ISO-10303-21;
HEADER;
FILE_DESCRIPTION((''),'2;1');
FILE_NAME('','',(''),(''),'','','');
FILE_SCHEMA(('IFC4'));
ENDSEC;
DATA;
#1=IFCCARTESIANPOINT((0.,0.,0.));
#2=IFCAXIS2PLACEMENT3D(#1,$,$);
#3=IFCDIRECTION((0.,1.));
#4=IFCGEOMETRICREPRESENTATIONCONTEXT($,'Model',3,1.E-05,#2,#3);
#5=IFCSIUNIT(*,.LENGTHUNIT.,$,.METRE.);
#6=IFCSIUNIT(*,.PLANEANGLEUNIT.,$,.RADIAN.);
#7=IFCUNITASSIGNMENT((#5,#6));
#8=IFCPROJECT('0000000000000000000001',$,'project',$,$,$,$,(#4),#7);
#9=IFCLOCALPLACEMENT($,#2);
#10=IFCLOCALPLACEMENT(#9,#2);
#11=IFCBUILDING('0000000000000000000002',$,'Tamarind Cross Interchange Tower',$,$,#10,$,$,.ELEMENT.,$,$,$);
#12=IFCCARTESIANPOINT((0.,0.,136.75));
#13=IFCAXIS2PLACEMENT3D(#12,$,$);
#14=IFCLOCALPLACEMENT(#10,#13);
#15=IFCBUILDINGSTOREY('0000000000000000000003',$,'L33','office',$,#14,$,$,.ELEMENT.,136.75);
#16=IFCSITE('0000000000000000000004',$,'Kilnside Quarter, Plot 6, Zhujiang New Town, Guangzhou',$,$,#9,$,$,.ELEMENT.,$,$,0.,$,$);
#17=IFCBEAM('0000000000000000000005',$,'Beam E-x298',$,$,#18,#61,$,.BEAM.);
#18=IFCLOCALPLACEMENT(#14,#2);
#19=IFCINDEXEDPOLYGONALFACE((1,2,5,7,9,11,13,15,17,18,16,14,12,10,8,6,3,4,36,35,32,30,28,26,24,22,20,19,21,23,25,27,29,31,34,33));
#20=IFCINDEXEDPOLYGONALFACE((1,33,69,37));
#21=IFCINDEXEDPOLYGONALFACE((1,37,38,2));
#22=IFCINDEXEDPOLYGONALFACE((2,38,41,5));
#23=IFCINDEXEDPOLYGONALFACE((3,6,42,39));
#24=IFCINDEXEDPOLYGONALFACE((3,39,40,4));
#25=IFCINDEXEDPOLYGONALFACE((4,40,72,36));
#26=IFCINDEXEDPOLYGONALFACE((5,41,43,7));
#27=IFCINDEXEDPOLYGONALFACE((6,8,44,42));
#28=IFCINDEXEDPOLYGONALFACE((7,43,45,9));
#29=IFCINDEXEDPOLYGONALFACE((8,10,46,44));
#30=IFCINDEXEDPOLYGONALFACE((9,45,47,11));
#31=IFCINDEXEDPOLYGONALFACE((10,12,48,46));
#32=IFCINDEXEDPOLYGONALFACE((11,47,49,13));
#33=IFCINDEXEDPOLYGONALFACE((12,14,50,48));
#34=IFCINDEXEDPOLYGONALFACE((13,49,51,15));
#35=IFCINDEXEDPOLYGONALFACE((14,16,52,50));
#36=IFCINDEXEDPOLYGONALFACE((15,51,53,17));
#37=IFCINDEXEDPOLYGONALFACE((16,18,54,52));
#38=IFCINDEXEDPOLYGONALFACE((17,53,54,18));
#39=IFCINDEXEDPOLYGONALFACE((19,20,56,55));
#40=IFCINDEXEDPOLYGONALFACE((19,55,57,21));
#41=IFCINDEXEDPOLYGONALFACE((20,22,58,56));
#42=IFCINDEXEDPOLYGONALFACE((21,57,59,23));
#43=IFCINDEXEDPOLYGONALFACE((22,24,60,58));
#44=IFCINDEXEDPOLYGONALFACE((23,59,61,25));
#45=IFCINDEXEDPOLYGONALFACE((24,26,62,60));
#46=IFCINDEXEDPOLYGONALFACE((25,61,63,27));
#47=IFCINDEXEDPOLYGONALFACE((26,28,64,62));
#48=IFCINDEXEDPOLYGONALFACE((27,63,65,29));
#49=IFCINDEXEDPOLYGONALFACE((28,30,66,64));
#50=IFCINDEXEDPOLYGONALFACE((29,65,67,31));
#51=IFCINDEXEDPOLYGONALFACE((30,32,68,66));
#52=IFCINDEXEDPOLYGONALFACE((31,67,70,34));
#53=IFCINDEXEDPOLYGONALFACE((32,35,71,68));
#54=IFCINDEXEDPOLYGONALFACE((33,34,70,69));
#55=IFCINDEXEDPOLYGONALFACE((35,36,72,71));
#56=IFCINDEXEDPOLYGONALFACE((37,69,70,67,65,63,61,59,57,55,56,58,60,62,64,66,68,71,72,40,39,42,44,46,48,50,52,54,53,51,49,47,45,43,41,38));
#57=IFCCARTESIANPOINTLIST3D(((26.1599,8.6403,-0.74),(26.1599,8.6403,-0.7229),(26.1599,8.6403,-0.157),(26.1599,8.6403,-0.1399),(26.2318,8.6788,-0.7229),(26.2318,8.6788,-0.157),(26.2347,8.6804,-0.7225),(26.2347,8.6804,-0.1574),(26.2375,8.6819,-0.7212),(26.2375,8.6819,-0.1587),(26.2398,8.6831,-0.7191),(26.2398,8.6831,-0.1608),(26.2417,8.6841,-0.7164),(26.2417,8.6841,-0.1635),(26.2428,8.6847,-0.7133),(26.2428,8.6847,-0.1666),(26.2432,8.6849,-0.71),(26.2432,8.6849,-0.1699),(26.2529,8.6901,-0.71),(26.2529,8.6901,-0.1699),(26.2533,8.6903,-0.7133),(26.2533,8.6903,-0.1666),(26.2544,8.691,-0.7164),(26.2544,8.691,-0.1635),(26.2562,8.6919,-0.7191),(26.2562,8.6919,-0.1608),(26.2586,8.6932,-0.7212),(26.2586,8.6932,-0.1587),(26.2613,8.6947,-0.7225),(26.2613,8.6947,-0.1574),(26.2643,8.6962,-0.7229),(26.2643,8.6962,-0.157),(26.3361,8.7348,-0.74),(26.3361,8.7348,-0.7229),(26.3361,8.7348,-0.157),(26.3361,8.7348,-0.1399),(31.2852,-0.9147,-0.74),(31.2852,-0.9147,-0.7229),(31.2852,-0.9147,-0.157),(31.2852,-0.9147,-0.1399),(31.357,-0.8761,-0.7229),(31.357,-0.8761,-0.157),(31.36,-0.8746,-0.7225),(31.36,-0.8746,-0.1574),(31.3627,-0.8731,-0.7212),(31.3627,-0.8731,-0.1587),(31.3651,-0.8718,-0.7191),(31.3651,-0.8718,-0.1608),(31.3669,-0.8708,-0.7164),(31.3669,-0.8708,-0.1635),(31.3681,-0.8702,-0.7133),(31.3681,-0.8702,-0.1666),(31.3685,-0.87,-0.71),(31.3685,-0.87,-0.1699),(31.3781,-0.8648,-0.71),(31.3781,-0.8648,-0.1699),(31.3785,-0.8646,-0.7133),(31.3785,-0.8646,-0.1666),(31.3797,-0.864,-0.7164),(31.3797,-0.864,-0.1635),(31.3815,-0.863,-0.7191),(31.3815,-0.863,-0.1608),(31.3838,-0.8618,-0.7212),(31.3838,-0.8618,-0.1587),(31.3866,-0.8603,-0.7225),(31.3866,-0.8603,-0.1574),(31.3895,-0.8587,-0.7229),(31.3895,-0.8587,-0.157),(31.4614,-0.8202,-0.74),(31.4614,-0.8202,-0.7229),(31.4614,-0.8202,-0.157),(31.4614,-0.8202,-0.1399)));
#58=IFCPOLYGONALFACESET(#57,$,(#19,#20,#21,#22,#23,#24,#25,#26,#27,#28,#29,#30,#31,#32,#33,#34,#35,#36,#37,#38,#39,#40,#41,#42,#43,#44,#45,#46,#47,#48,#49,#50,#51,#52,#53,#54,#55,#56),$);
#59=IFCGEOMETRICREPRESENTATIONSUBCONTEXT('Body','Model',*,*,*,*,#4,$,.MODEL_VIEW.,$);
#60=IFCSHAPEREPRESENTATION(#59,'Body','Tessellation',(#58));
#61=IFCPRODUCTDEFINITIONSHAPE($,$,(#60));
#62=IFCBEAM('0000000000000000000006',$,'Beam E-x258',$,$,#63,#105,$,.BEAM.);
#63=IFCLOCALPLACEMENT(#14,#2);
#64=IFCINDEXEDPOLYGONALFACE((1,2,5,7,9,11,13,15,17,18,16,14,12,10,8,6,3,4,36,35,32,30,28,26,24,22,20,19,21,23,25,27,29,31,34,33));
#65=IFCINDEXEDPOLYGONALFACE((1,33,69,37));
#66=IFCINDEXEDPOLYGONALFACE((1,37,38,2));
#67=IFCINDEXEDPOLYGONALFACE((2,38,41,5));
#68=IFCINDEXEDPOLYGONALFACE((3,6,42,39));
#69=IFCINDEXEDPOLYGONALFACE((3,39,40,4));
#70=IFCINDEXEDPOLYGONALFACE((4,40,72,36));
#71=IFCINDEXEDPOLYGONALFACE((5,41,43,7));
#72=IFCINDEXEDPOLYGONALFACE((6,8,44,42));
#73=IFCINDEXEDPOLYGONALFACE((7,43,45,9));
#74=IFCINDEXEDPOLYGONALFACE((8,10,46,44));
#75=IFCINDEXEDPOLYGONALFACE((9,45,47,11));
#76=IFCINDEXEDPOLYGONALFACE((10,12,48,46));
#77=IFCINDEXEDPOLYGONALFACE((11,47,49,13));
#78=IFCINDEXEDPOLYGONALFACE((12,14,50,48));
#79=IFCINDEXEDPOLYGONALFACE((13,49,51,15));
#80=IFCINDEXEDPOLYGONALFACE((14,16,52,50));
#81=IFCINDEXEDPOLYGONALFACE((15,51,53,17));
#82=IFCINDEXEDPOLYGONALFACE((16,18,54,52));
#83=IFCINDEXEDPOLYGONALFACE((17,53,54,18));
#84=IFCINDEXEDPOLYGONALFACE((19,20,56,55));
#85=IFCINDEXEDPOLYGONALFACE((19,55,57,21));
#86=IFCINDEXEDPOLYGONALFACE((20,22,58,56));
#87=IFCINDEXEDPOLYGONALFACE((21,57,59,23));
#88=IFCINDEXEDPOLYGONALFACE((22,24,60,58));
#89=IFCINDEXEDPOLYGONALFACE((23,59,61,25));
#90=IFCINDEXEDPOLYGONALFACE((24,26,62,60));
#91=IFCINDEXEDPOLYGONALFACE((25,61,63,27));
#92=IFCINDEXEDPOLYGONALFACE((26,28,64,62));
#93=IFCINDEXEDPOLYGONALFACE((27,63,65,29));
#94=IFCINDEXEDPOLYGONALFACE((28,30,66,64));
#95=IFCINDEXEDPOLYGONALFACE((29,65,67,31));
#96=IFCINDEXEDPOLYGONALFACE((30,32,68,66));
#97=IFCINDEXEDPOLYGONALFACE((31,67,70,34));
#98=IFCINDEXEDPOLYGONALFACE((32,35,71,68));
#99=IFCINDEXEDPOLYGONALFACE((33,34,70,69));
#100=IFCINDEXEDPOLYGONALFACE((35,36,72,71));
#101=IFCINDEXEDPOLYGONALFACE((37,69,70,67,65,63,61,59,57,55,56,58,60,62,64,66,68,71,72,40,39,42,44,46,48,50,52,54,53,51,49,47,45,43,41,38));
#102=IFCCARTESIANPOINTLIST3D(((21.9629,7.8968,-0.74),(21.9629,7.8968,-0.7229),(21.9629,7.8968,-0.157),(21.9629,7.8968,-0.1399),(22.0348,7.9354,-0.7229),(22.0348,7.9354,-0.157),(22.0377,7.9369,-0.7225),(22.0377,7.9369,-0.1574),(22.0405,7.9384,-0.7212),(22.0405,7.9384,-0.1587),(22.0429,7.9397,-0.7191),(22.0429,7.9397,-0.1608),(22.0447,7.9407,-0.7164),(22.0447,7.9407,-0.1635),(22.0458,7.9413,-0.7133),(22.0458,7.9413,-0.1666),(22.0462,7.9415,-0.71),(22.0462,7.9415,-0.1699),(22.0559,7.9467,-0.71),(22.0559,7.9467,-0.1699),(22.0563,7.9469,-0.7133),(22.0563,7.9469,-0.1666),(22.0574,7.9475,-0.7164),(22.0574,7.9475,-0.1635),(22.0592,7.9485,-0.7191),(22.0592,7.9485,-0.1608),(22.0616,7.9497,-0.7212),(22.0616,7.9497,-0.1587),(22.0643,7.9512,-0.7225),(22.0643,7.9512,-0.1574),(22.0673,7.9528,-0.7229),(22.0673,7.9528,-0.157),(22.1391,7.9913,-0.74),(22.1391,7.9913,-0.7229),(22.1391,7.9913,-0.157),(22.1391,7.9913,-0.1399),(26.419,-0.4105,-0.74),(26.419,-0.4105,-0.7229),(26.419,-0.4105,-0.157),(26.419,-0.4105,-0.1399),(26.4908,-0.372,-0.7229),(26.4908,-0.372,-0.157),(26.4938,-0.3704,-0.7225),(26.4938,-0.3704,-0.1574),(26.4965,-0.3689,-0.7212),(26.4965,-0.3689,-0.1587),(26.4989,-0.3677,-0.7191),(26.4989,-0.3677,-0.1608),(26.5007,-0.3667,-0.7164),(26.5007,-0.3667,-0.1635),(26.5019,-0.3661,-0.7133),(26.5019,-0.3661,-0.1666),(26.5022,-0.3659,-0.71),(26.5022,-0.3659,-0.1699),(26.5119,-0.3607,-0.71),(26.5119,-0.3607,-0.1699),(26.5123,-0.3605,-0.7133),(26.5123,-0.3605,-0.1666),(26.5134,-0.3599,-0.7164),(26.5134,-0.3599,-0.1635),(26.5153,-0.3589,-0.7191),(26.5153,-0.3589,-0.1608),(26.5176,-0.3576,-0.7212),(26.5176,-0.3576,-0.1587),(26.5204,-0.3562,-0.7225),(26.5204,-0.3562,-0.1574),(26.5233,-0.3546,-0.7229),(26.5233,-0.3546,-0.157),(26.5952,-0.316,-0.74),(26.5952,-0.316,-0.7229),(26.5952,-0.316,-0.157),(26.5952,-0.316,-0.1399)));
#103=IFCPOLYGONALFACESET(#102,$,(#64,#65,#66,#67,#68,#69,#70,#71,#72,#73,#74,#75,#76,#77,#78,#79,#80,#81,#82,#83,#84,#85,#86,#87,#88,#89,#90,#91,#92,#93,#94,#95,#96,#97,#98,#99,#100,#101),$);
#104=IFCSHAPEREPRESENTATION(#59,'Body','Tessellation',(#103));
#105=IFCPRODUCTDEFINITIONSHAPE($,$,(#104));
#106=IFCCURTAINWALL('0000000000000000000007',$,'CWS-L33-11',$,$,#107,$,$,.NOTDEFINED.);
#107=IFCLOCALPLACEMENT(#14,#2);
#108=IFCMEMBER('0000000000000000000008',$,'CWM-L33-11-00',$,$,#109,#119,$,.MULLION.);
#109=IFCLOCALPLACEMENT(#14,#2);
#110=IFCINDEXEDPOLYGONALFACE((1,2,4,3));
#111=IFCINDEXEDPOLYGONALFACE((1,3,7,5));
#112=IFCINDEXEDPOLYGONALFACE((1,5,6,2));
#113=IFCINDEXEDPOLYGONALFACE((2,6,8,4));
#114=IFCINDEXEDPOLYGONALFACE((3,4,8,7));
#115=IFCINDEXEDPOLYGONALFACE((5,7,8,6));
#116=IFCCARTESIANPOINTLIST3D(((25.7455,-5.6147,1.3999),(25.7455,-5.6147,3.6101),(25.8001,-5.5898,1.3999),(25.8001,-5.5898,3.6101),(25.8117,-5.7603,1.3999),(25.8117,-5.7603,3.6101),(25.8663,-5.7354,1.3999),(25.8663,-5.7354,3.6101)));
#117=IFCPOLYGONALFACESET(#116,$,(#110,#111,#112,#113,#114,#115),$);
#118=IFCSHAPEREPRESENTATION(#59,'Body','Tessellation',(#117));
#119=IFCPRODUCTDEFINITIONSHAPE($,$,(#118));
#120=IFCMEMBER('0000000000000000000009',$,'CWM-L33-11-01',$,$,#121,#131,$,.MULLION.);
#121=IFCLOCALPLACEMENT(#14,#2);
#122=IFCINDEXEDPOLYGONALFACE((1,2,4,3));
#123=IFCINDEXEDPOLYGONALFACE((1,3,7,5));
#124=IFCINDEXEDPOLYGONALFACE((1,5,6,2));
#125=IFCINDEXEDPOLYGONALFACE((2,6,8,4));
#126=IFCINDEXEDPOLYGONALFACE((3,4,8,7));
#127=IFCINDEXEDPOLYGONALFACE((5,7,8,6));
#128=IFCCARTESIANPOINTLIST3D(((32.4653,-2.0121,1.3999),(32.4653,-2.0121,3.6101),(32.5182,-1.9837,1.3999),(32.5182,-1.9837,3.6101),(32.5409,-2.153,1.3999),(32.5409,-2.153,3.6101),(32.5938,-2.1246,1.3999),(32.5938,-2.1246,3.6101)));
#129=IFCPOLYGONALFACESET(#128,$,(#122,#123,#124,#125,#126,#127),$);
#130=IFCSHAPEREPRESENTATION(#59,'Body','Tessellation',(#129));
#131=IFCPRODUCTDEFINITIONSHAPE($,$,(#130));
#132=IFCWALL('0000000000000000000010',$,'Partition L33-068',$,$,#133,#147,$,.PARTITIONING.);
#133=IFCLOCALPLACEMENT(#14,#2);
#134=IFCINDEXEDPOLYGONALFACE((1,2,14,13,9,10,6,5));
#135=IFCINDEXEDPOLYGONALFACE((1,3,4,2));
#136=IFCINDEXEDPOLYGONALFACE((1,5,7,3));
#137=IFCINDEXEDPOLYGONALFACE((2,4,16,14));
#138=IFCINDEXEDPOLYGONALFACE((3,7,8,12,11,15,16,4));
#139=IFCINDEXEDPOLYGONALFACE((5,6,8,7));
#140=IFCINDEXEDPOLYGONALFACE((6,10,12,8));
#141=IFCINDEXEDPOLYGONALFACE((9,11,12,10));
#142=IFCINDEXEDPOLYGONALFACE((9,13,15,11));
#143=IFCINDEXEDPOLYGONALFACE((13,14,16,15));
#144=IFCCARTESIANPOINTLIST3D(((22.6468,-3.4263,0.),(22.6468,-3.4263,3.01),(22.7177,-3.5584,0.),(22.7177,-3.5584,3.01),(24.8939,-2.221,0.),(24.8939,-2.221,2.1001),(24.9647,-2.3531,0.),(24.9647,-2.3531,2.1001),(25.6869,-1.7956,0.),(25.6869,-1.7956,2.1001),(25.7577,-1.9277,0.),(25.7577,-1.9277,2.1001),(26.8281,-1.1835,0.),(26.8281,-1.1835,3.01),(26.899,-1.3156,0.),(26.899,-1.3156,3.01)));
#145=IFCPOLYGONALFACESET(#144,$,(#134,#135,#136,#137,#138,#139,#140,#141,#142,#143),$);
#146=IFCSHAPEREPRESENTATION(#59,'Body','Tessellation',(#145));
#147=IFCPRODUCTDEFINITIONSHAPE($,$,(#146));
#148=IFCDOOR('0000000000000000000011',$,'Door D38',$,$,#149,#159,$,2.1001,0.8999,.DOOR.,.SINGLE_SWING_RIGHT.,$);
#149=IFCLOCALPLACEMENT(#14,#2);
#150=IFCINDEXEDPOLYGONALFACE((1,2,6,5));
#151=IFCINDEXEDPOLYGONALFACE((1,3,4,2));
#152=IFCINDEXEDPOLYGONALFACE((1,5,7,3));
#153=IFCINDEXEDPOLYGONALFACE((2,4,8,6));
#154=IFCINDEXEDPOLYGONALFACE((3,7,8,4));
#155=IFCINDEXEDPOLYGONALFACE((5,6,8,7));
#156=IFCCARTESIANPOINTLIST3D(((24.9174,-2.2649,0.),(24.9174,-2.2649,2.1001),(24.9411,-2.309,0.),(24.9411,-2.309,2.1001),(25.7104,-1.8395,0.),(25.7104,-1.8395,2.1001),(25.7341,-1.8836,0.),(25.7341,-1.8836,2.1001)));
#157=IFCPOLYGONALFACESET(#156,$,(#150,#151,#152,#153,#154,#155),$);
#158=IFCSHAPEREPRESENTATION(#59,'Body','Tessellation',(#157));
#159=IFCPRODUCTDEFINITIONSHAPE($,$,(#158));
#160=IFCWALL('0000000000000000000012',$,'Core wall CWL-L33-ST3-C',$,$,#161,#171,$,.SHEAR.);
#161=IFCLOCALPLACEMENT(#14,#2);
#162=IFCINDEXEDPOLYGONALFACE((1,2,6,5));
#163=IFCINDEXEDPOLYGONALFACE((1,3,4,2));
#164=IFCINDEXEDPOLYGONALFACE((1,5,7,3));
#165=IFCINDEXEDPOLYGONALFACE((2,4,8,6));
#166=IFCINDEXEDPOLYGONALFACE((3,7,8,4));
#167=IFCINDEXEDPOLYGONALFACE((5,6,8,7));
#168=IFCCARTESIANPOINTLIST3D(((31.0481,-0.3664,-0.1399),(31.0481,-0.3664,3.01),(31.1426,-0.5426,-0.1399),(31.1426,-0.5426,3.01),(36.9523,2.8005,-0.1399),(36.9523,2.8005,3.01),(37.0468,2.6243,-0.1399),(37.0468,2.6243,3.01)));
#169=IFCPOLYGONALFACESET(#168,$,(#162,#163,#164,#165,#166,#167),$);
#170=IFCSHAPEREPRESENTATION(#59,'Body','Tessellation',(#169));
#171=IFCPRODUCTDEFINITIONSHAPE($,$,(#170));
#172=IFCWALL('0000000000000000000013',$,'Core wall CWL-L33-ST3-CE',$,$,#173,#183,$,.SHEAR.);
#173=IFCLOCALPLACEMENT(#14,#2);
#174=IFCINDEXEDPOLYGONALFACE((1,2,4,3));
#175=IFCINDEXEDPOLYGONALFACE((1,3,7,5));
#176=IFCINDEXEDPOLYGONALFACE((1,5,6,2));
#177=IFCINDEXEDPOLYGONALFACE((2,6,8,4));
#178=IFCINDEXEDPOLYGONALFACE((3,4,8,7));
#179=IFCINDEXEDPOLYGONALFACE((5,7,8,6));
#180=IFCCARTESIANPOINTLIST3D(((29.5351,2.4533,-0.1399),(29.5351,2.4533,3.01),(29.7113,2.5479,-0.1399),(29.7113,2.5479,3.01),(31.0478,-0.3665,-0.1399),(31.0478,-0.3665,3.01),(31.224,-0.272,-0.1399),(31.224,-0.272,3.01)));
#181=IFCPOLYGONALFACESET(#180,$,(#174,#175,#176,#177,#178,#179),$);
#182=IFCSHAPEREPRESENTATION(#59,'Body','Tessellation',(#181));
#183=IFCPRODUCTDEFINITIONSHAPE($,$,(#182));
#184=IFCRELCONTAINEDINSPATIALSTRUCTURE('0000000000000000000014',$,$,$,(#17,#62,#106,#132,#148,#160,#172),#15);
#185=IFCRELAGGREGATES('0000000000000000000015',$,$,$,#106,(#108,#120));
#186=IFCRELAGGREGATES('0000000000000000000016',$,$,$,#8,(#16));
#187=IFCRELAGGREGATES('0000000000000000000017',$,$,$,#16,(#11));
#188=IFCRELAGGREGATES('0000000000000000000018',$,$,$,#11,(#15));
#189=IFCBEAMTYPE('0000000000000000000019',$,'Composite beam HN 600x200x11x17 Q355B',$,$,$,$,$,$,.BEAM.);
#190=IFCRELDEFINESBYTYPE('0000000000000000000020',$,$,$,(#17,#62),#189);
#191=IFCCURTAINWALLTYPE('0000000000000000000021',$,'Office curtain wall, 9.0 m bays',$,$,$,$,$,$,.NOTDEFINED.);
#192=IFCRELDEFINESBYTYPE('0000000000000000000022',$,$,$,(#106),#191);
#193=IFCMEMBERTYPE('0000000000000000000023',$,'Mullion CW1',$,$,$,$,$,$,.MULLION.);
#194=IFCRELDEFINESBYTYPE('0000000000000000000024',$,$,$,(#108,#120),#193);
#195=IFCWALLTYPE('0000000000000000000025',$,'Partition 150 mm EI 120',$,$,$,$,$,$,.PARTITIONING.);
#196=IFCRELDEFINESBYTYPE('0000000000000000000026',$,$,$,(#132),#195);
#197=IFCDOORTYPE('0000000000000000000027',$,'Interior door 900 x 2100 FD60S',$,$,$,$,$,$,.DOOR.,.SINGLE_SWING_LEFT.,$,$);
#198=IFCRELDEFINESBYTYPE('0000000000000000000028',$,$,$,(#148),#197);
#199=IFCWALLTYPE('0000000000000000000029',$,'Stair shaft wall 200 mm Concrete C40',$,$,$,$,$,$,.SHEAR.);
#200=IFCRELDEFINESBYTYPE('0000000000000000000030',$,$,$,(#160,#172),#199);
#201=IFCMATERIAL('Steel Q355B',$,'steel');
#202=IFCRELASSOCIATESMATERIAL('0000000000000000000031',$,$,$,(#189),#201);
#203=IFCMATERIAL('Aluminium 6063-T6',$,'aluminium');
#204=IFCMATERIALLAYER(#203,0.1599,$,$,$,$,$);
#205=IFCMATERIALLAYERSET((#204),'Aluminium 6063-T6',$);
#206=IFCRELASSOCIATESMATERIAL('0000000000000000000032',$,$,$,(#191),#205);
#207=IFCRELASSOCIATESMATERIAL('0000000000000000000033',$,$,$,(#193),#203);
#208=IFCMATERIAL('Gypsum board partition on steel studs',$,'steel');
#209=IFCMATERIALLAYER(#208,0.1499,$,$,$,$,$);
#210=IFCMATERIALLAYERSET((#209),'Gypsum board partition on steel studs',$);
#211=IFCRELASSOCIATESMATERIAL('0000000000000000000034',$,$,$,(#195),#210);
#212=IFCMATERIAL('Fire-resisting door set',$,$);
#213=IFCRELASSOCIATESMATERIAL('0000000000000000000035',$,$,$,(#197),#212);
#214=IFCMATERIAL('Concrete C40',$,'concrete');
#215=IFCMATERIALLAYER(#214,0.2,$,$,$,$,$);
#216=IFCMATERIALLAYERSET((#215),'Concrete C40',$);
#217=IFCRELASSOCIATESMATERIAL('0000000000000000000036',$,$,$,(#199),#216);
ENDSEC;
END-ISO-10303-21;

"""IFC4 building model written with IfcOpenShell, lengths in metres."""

from ifc_helpers import new_model, si_unit, direction, frame, frame_2d, origin, origin_2d, place, context, subcontext, project, spatial, rectangle, i_section, extrude, material, layer, layer_set, material_profile, profile_set, type_object, element, fill, aggregate, save


model = new_model("IFC4")

# Units and contexts
model_context = context("Model", 3, precision=1e-05, world=origin(), true_north=direction((0.0, 1.0)))
body_context = subcontext(model_context, "Body", "Model", "MODEL_VIEW")
ifc_project = project(units=[si_unit("LENGTHUNIT", "METRE"), si_unit("PLANEANGLEUNIT", "RADIAN")], contexts=[model_context])

# Site, building, storey
site_placement = place(None, origin())
site = spatial("IfcSite", under=ifc_project, at=site_placement, Name="Kilnside Quarter, Plot 6, Zhujiang New Town, Guangzhou", CompositionType="ELEMENT", RefElevation=0.0)
building_placement = place(site_placement, origin())
building = spatial("IfcBuilding", under=site, at=building_placement, Name="Tamarind Cross Interchange Tower", CompositionType="ELEMENT")
storey_placement = place(building_placement, frame((0.0, 0.0, 136.75)))
storey = spatial("IfcBuildingStorey", under=building, at=storey_placement, Name="L33", Description="office", CompositionType="ELEMENT", Elevation=136.75)

# Beams
ifc_material_1 = material(Name="Steel Q355B", Category="steel")
ifc_material_profile_1 = material_profile(ifc_material_1, i_section(OverallWidth=0.2, OverallDepth=0.6001, WebThickness=0.011, FlangeThickness=0.0171, FilletRadius=0.0129, at=origin_2d()), Name="HN 600x200x11x17")
ifc_profile_set_1 = profile_set([ifc_material_profile_1], Name="Steel Q355B")
beam_type_1 = type_object("IfcBeamType", Name="Composite beam HN 600x200x11x17 Q355B", PredefinedType="BEAM", material=ifc_profile_set_1)
beam_1_placement = place(storey_placement, frame((31.3733, -0.8674, -0.4399), z_axis=(-0.472689, 0.881229, 0.0), x_axis=(-0.881229, -0.472689, 0.0)))
element("IfcBeam", 1, at=beam_1_placement, inside=storey, type_object=beam_type_1, Name="Beam E-x298", PredefinedType="BEAM", context=body_context, shape_type="SweptSolid", body=[
    extrude(i_section(OverallWidth=0.2, OverallDepth=0.6001, WebThickness=0.011, FlangeThickness=0.0171, FilletRadius=0.0129, at=origin_2d()), origin(), (0.0, 0.0, 1.0), 10.8428),
])
beam_2_placement = place(storey_placement, frame((26.5071, -0.3633, -0.4399), z_axis=(-0.472689, 0.881229, 0.0), x_axis=(-0.881229, -0.472689, 0.0)))
element("IfcBeam", 2, at=beam_2_placement, inside=storey, type_object=beam_type_1, Name="Beam E-x258", PredefinedType="BEAM", context=body_context, shape_type="SweptSolid", body=[
    extrude(i_section(OverallWidth=0.2, OverallDepth=0.6001, WebThickness=0.011, FlangeThickness=0.0171, FilletRadius=0.0129, at=origin_2d()), origin(), (0.0, 0.0, 1.0), 9.427),
])

# Curtain wall, members
ifc_material_2 = material(Name="Aluminium 6063-T6", Category="aluminium")
ifc_layer_1 = layer(ifc_material_2, 0.1599)
ifc_layer_set_1 = layer_set([ifc_layer_1], Name="Aluminium 6063-T6")
curtain_wall_type = type_object("IfcCurtainWallType", Name="Office curtain wall, 9.0 m bays", PredefinedType="NOTDEFINED", material=ifc_layer_set_1)
curtain_wall_placement = place(storey_placement, origin())
curtain_wall = element("IfcCurtainWall", 3, at=curtain_wall_placement, inside=storey, type_object=curtain_wall_type, Name="CWS-L33-11", PredefinedType="NOTDEFINED")
ifc_material_profile_2 = material_profile(ifc_material_2, rectangle(XDim=0.0601, YDim=0.1599, at=origin_2d()), Name="Mullion CW1")
ifc_profile_set_2 = profile_set([ifc_material_profile_2], Name="Aluminium 6063-T6")
member_type = type_object("IfcMemberType", Name="Mullion CW1", PredefinedType="MULLION", material=ifc_profile_set_2)
member_1_placement = place(storey_placement, frame((25.8059, -5.675, 1.3999), z_axis=(0.0, 0.0, 1.0), x_axis=(0.910253, 0.414052, 0.0)))
member_1 = element("IfcMember", 4, at=member_1_placement, type_object=member_type, Name="CWM-L33-11-00", PredefinedType="MULLION", context=body_context, shape_type="SweptSolid", body=[
    extrude(rectangle(XDim=0.0601, YDim=0.1599, at=origin_2d()), origin(), (0.0, 0.0, 1.0), 2.2102),
])
member_2_placement = place(storey_placement, frame((32.5295, -2.0684, 1.3999), z_axis=(0.0, 0.0, 1.0), x_axis=(0.881224, 0.472698, 0.0)))
member_2 = element("IfcMember", 5, at=member_2_placement, type_object=member_type, Name="CWM-L33-11-01", PredefinedType="MULLION", context=body_context, shape_type="SweptSolid", body=[
    extrude(rectangle(XDim=0.0601, YDim=0.1599, at=origin_2d()), origin(), (0.0, 0.0, 1.0), 2.2102),
])
aggregate(curtain_wall, [member_1, member_2])

# Wall, opening, door
ifc_material_3 = material(Name="Gypsum board partition on steel studs", Category="steel")
ifc_layer_2 = layer(ifc_material_3, 0.1499)
ifc_layer_set_2 = layer_set([ifc_layer_2], Name="Gypsum board partition on steel studs")
wall_type_1 = type_object("IfcWallType", Name="Partition 150 mm EI 120", PredefinedType="PARTITIONING", material=ifc_layer_set_2)
wall_1_placement = place(storey_placement, frame((22.6821, -3.4924, 0.0), z_axis=(0.0, 0.0, 1.0), x_axis=(0.881227, 0.472694, 0.0)))
wall_1 = element("IfcWall", 6, at=wall_1_placement, inside=storey, type_object=wall_type_1, Name="Partition L33-068", PredefinedType="PARTITIONING", context=body_context, shape_type="SweptSolid", body=[
    extrude(rectangle(XDim=4.7449, YDim=0.1499, at=frame_2d((2.3726, 0.0))), origin(), (0.0, 0.0, 1.0), 3.01),
])
opening_placement = place(wall_1_placement, frame((2.55, 0.0, 0.0)))
opening = element("IfcOpeningElement", 7, at=opening_placement, cuts=wall_1, PredefinedType="OPENING", context=body_context, shape_type="SweptSolid", body=[
    extrude(rectangle(XDim=0.8999, YDim=2.1001, at=frame_2d((0.45, 1.05))), frame((0.0, 0.085, 0.0), z_axis=(0.0, -1.0, 0.0), x_axis=(1.0, 0.0, 0.0)), (0.0, 0.0, 1.0), 0.1699),
])
ifc_material_4 = material(Name="Fire-resisting door set")
door_type = type_object("IfcDoorType", Name="Interior door 900 x 2100 FD60S", OperationType="SINGLE_SWING_LEFT", PredefinedType="DOOR", material=ifc_material_4)
door_placement = place(opening_placement, frame((0.8999, 0.0, 0.0), z_axis=(0.0, 0.0, 1.0), x_axis=(-1.0, 0.0, 0.0)))
door = element("IfcDoor", 8, at=door_placement, inside=storey, type_object=door_type, Name="Door D38", OperationType="SINGLE_SWING_RIGHT", OverallHeight=2.1001, OverallWidth=0.8999, PredefinedType="DOOR", context=body_context, shape_type="SweptSolid", body=[
    extrude(rectangle(XDim=0.8999, YDim=2.1001, at=frame_2d((0.45, 1.05))), frame((0.0, 0.0249, 0.0), z_axis=(0.0, -1.0, 0.0), x_axis=(1.0, 0.0, 0.0)), (0.0, 0.0, 1.0), 0.05),
])
fill(opening, door)

# Walls
ifc_material_5 = material(Name="Concrete C40", Category="concrete")
ifc_layer_3 = layer(ifc_material_5, 0.2)
ifc_layer_set_3 = layer_set([ifc_layer_3], Name="Concrete C40")
wall_type_2 = type_object("IfcWallType", Name="Stair shaft wall 200 mm Concrete C40", PredefinedType="SHEAR", material=ifc_layer_set_3)
wall_2_placement = place(storey_placement, frame((31.0952, -0.4546, -0.1399), z_axis=(0.0, 0.0, 1.0), x_axis=(0.881233, 0.472682, 0.0)))
element("IfcWall", 9, at=wall_2_placement, inside=storey, type_object=wall_type_2, Name="Core wall CWL-L33-ST3-C", PredefinedType="SHEAR", context=body_context, shape_type="SweptSolid", body=[
    extrude(rectangle(XDim=6.7, YDim=0.2, at=frame_2d((3.3501, 0.0))), origin(), (0.0, 0.0, 1.0), 3.1499),
])
wall_3_placement = place(storey_placement, frame((31.136, -0.3193, -0.1399), z_axis=(0.0, 0.0, 1.0), x_axis=(-0.472725, 0.88121, 0.0)))
element("IfcWall", 10, at=wall_3_placement, inside=storey, type_object=wall_type_2, Name="Core wall CWL-L33-ST3-CE", PredefinedType="SHEAR", context=body_context, shape_type="SweptSolid", body=[
    extrude(rectangle(XDim=3.2, YDim=0.2, at=frame_2d((1.6001, 0.0))), origin(), (0.0, 0.0, 1.0), 3.1499),
])

save(model, "model.ifc")
